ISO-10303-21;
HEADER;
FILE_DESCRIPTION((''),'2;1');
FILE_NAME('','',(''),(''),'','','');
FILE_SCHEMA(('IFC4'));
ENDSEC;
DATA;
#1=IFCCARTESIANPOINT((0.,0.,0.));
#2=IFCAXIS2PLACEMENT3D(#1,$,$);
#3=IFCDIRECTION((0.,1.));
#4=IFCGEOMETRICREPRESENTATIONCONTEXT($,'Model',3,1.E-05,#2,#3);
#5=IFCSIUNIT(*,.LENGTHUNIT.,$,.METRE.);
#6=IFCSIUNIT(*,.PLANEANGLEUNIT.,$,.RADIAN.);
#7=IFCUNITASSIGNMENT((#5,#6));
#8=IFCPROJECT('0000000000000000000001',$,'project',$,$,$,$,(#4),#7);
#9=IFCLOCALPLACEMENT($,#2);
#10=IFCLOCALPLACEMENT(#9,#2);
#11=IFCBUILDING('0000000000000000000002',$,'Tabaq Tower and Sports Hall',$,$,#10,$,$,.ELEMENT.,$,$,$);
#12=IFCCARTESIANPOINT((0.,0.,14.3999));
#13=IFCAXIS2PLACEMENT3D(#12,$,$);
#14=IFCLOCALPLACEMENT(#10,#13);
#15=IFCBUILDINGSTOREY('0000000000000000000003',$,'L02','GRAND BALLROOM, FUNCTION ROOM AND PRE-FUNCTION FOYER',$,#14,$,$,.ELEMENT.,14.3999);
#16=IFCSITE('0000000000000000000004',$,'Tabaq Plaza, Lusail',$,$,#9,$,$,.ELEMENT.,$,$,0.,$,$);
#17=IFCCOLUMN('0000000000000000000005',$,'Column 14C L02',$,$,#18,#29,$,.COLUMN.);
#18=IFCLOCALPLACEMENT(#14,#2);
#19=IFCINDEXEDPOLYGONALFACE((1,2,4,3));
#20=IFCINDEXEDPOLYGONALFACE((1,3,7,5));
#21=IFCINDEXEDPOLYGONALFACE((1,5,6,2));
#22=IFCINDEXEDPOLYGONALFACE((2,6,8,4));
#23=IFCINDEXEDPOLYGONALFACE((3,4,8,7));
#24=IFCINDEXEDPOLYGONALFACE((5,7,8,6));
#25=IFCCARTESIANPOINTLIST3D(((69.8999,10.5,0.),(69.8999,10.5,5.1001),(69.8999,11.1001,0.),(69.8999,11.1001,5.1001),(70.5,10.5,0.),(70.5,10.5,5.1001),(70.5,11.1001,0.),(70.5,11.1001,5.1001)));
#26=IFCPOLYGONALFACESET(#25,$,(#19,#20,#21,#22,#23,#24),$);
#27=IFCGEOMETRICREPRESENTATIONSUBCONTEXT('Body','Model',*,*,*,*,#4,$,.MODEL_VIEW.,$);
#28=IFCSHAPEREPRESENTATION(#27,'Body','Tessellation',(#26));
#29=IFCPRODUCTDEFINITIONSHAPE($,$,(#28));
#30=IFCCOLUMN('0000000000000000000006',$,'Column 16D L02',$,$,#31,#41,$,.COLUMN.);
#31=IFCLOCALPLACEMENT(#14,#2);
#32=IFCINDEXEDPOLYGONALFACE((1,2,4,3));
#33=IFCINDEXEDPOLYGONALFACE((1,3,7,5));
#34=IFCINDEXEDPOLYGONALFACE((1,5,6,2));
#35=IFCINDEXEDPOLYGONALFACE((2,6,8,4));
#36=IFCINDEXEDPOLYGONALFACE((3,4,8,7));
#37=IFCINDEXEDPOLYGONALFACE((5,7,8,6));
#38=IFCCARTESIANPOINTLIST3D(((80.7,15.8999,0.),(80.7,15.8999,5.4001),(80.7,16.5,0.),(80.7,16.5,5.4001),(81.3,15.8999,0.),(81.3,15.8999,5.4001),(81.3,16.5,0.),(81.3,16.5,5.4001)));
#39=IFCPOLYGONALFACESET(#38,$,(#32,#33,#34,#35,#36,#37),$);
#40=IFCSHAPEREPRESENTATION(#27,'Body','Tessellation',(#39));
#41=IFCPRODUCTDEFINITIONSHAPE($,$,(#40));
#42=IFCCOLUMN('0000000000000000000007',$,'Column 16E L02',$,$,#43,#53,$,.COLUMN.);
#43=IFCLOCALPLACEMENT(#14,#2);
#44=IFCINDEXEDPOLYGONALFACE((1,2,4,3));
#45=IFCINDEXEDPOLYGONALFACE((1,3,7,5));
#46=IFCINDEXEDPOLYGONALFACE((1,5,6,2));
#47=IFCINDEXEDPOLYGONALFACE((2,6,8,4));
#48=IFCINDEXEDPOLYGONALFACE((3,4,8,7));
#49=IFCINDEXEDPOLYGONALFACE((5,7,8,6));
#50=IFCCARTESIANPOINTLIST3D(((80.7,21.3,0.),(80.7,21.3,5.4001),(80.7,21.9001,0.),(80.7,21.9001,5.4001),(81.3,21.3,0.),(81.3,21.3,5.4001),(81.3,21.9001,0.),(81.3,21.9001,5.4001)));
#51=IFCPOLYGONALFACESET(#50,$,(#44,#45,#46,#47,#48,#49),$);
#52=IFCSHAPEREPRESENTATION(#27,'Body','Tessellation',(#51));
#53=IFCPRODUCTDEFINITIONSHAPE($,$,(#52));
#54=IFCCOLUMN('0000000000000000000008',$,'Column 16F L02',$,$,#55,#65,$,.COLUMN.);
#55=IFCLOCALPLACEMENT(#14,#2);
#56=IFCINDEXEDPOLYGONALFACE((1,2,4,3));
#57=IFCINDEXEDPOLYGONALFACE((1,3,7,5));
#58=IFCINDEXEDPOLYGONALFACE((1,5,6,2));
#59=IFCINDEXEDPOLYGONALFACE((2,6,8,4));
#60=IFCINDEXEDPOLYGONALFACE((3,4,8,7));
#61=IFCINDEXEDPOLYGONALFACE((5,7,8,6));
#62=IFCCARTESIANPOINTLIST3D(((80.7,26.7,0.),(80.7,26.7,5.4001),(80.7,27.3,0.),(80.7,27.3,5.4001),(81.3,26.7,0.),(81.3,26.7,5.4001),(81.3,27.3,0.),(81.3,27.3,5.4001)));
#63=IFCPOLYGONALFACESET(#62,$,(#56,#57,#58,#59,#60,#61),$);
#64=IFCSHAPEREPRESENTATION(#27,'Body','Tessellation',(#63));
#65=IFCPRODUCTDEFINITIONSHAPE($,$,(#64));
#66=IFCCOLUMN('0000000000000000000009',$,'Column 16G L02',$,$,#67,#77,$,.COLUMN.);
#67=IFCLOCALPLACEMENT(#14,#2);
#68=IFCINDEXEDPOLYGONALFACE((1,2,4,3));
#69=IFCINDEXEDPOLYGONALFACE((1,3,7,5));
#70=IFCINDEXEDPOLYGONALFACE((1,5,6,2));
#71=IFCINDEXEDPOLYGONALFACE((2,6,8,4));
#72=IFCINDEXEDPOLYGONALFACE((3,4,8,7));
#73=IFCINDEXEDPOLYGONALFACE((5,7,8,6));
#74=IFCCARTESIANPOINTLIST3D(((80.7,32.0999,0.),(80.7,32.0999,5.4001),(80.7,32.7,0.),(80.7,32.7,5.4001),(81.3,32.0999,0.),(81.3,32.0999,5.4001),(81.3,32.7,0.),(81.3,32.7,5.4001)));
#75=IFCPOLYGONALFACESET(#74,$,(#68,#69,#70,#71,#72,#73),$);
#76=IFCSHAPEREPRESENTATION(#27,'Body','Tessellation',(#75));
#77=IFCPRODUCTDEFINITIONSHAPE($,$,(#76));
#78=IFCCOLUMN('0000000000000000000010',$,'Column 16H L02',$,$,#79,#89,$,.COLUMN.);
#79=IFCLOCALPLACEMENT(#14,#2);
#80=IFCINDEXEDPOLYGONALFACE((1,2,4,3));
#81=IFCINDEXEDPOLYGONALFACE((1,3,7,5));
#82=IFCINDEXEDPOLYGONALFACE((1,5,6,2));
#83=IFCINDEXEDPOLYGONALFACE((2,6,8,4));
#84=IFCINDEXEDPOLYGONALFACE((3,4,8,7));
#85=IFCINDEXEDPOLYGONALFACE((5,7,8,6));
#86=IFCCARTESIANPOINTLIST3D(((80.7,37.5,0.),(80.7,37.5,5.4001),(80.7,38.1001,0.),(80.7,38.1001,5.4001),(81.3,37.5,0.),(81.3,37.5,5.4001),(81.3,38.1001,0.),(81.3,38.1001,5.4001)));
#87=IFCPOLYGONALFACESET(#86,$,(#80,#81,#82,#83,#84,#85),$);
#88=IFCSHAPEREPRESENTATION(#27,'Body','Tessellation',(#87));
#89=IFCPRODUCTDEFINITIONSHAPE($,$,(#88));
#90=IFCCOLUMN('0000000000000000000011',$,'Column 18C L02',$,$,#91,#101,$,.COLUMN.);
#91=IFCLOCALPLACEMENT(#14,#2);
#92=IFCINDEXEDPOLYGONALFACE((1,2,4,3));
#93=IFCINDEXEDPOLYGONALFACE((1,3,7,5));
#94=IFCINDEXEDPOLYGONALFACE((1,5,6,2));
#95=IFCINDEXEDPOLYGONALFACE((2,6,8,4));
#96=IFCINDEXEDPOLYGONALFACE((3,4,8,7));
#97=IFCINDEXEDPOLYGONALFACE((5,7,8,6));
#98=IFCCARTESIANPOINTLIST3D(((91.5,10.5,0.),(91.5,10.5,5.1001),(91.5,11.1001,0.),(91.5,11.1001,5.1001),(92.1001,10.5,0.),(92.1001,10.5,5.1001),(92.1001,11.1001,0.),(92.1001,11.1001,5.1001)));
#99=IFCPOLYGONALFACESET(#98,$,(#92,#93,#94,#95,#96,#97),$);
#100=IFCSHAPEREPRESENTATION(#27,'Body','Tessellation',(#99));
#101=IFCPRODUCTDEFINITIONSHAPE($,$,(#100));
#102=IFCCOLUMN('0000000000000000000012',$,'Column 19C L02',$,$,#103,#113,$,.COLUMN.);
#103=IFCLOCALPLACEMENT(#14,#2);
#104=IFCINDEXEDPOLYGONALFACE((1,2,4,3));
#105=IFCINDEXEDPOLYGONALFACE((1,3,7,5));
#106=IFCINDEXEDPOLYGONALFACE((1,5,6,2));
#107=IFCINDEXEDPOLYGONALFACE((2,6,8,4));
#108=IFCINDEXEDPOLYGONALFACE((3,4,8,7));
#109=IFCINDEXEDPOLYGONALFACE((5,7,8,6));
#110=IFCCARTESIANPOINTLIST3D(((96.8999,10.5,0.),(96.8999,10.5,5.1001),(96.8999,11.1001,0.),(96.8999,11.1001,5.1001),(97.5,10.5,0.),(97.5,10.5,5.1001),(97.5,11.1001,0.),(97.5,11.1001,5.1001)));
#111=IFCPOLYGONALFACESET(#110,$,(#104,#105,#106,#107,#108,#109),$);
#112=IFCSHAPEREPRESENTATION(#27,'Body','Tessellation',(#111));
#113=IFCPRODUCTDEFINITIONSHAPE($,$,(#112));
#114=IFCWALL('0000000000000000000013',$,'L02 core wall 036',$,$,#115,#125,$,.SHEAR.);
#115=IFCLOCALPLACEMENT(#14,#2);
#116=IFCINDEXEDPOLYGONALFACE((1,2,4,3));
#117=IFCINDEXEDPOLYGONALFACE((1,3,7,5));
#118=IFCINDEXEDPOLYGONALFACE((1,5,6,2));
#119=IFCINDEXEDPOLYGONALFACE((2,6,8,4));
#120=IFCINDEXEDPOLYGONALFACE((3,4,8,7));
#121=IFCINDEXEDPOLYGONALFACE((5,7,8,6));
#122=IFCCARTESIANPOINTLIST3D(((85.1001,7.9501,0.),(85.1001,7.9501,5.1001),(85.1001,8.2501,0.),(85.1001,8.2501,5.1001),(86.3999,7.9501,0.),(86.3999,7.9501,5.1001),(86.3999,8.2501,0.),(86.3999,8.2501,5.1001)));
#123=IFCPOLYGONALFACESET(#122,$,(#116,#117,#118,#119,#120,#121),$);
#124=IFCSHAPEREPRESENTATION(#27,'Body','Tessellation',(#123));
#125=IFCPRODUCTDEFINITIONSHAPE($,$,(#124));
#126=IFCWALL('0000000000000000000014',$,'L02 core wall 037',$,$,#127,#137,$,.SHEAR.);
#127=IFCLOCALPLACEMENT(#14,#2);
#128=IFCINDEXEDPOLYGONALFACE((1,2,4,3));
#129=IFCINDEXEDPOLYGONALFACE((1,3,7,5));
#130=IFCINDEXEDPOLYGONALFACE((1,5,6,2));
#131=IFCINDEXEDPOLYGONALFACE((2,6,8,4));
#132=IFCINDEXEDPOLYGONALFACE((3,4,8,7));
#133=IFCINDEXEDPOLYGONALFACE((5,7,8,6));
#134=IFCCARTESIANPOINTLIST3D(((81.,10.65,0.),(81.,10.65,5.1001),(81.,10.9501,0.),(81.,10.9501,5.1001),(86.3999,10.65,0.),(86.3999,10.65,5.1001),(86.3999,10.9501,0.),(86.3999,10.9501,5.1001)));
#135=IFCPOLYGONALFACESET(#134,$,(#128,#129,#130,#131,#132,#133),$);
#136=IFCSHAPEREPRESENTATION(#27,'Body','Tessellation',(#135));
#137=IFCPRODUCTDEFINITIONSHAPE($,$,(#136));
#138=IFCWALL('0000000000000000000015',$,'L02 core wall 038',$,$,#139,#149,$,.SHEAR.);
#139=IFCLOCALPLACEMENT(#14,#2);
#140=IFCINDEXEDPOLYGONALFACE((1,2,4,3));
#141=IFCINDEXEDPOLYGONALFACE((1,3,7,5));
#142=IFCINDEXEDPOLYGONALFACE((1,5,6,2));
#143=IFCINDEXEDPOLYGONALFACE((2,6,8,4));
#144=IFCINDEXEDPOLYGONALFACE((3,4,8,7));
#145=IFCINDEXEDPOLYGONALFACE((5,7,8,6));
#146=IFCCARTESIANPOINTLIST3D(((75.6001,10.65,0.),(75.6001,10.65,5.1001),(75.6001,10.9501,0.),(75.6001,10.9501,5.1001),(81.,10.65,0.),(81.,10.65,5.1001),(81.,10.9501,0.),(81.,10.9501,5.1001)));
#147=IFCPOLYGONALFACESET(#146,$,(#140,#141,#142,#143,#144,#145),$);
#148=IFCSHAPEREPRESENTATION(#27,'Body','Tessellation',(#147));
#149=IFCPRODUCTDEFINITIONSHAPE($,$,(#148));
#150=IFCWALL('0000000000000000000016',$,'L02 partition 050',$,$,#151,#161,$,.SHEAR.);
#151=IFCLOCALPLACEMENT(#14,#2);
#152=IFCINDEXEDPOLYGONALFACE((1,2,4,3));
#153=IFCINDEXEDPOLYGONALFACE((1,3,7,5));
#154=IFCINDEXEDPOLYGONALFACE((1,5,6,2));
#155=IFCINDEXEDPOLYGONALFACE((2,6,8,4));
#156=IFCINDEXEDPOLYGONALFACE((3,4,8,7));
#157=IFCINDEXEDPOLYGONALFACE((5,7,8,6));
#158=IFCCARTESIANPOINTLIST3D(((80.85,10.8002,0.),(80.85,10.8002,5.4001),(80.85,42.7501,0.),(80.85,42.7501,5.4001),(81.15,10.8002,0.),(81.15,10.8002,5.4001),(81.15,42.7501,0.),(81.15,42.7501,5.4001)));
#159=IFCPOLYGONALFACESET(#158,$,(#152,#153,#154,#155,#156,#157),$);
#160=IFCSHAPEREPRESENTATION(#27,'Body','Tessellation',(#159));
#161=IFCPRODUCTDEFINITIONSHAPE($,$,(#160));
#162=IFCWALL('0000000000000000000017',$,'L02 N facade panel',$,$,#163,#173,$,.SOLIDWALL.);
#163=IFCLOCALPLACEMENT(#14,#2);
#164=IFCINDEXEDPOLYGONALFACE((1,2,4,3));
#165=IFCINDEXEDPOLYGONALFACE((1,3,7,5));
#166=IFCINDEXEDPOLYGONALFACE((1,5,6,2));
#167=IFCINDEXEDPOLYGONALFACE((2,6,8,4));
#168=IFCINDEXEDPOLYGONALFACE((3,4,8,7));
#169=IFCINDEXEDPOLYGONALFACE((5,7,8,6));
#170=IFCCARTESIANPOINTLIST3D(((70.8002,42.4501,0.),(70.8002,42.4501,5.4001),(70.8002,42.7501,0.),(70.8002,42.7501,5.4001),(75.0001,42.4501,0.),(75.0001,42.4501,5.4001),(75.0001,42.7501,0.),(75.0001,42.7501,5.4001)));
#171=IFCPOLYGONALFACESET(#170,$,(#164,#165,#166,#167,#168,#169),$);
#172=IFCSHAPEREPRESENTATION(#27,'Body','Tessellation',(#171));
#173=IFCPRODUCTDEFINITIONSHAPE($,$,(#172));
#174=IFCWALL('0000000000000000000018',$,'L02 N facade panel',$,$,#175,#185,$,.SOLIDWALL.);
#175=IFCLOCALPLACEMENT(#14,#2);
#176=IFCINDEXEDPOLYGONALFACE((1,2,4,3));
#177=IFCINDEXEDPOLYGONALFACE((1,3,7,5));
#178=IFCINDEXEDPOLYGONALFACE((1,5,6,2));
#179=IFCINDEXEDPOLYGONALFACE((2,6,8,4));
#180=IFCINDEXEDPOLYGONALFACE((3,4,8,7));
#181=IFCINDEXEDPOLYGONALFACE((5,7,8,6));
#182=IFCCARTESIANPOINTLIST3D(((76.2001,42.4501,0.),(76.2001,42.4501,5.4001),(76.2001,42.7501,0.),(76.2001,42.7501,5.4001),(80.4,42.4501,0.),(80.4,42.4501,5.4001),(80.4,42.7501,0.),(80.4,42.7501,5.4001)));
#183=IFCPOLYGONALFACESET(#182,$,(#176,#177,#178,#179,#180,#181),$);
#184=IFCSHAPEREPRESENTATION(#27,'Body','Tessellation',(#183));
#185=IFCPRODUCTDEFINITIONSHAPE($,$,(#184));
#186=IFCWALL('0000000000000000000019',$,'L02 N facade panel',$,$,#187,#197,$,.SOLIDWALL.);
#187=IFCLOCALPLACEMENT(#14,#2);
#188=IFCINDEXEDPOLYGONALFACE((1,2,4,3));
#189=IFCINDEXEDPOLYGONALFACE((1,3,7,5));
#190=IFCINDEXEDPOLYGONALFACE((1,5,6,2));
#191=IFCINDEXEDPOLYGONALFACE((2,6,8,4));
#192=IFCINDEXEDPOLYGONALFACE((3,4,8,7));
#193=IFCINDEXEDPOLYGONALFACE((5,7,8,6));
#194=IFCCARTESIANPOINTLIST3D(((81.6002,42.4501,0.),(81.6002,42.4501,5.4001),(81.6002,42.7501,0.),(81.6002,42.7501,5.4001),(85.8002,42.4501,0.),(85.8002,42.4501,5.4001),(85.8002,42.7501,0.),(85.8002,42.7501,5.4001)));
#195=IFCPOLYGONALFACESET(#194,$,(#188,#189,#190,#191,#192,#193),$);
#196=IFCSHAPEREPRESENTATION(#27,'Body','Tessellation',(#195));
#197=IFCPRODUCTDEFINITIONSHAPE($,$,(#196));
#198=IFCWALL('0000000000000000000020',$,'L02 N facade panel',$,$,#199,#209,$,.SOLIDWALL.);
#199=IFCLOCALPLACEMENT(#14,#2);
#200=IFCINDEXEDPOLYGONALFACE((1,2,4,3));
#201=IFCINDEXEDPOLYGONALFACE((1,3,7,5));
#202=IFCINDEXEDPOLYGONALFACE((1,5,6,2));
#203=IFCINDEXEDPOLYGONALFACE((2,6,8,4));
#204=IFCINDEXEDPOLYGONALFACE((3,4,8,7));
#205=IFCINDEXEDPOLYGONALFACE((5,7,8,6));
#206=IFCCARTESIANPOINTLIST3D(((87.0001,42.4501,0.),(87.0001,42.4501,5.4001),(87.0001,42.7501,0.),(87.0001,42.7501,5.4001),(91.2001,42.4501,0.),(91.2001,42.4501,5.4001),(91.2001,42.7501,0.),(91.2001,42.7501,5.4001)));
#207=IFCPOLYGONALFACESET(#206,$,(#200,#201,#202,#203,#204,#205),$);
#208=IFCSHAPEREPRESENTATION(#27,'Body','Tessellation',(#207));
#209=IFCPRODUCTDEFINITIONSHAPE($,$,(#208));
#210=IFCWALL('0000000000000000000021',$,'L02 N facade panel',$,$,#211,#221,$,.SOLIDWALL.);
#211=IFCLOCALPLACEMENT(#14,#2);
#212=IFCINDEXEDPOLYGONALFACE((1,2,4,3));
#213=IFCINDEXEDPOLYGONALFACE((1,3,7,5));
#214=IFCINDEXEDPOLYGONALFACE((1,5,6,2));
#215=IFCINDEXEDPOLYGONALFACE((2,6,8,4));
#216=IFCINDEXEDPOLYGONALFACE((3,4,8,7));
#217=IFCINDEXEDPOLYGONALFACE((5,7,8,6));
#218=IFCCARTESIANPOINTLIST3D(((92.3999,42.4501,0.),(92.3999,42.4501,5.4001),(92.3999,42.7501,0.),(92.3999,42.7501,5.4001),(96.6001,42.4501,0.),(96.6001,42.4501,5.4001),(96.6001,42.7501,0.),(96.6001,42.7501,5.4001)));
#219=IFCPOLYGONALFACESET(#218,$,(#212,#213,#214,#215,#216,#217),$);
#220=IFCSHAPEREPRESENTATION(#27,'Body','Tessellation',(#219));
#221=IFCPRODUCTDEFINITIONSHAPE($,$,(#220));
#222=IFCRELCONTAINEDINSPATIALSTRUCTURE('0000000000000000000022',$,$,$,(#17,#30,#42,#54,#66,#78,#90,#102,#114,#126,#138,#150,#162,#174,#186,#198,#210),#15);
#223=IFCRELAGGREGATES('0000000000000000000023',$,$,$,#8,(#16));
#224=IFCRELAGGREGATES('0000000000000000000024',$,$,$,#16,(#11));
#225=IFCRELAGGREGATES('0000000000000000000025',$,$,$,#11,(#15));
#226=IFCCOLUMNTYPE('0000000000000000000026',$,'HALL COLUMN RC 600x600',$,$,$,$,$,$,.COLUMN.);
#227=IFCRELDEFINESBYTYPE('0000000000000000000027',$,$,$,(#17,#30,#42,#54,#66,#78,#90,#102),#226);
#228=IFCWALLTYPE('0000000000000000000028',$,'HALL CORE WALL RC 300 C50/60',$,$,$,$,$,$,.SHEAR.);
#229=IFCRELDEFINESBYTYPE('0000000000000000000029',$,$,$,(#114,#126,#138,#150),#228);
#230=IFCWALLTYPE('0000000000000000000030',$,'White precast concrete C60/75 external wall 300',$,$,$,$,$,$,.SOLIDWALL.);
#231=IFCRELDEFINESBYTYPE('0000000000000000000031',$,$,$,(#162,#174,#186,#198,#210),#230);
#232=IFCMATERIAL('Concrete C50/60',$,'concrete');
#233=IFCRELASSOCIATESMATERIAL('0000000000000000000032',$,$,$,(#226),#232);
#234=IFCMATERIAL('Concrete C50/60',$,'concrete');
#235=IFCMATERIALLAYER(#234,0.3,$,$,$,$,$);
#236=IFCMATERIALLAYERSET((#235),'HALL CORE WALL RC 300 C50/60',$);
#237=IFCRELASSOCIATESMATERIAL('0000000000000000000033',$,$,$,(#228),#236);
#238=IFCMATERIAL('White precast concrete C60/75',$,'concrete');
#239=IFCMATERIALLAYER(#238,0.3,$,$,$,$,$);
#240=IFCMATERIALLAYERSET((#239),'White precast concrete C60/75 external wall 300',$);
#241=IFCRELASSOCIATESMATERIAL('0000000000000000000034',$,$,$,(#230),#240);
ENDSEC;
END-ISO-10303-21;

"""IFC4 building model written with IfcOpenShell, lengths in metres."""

from ifc_helpers import new_model, si_unit, direction, frame, frame_2d, origin, origin_2d, place, context, subcontext, project, spatial, rectangle, extrude, material, layer, layer_set, material_profile, profile_set, type_object, element, save


model = new_model("IFC4")

# Units and contexts
model_context = context("Model", 3, precision=1e-05, world=origin(), true_north=direction((0.0, 1.0)))
body_context = subcontext(model_context, "Body", "Model", "MODEL_VIEW")
ifc_project = project(units=[si_unit("LENGTHUNIT", "METRE"), si_unit("PLANEANGLEUNIT", "RADIAN")], contexts=[model_context])

# Site, building, storey
site_placement = place(None, origin())
site = spatial("IfcSite", under=ifc_project, at=site_placement, Name="Tabaq Plaza, Lusail", CompositionType="ELEMENT", RefElevation=0.0)
building_placement = place(site_placement, origin())
building = spatial("IfcBuilding", under=site, at=building_placement, Name="Tabaq Tower and Sports Hall", CompositionType="ELEMENT")
storey_placement = place(building_placement, frame((0.0, 0.0, 14.3999)))
storey = spatial("IfcBuildingStorey", under=building, at=storey_placement, Name="L02", Description="GRAND BALLROOM, FUNCTION ROOM AND PRE-FUNCTION FOYER", CompositionType="ELEMENT", Elevation=14.3999)

# Columns
ifc_material_1 = material(Name="Concrete C50/60", Category="concrete")
ifc_material_profile = material_profile(ifc_material_1, rectangle(XDim=0.6001, YDim=0.6001, at=origin_2d()), Name="RC 600x600")
ifc_profile_set = profile_set([ifc_material_profile], Name="Concrete C50/60")
column_type = type_object("IfcColumnType", Name="HALL COLUMN RC 600x600", PredefinedType="COLUMN", material=ifc_profile_set)
column_placement = place(storey_placement, frame((70.2, 10.8, 0.0), z_axis=(0.0, 0.0, 1.0), x_axis=(1.0, 0.0, 0.0)))
element("IfcColumn", 1, at=column_placement, inside=storey, type_object=column_type, Name="Column 14C L02", PredefinedType="COLUMN", context=body_context, shape_type="SweptSolid", body=[
    extrude(rectangle(XDim=0.6001, YDim=0.6001, at=origin_2d()), origin(), (0.0, 0.0, 1.0), 5.1001),
])
for number, where, z_axis, x_axis, name in (
    (2, (81.0, 16.2, 0.0), (0.0, 0.0, 1.0), (1.0, 0.0, 0.0), "Column 16D L02"),
    (3, (81.0, 21.6001, 0.0), (0.0, 0.0, 1.0), (1.0, 0.0, 0.0), "Column 16E L02"),
    (4, (81.0, 27.0, 0.0), (0.0, 0.0, 1.0), (1.0, 0.0, 0.0), "Column 16F L02"),
    (5, (81.0, 32.3999, 0.0), (0.0, 0.0, 1.0), (1.0, 0.0, 0.0), "Column 16G L02"),
    (6, (81.0, 37.8, 0.0), (0.0, 0.0, 1.0), (1.0, 0.0, 0.0), "Column 16H L02"),
):
    element("IfcColumn", number, at=place(storey_placement, frame(where, z_axis=z_axis, x_axis=x_axis)), inside=storey, type_object=column_type, Name=name, PredefinedType="COLUMN", context=body_context, shape_type="SweptSolid", body=[
        extrude(rectangle(XDim=0.6001, YDim=0.6001, at=origin_2d()), origin(), (0.0, 0.0, 1.0), 5.4001),
    ])
for number, where, z_axis, x_axis, name in (
    (7, (91.8, 10.8, 0.0), (0.0, 0.0, 1.0), (1.0, 0.0, 0.0), "Column 18C L02"),
    (8, (97.2, 10.8, 0.0), (0.0, 0.0, 1.0), (1.0, 0.0, 0.0), "Column 19C L02"),
):
    element("IfcColumn", number, at=place(storey_placement, frame(where, z_axis=z_axis, x_axis=x_axis)), inside=storey, type_object=column_type, Name=name, PredefinedType="COLUMN", context=body_context, shape_type="SweptSolid", body=[
        extrude(rectangle(XDim=0.6001, YDim=0.6001, at=origin_2d()), origin(), (0.0, 0.0, 1.0), 5.1001),
    ])

# Shared definitions
ifc_material_2 = material(Name="Concrete C50/60", Category="concrete")
ifc_layer_1 = layer(ifc_material_2, 0.3)
ifc_layer_set_1 = layer_set([ifc_layer_1], Name="HALL CORE WALL RC 300 C50/60")
wall_type_1 = type_object("IfcWallType", Name="HALL CORE WALL RC 300 C50/60", PredefinedType="SHEAR", material=ifc_layer_set_1)

# Walls
wall_1_placement = place(storey_placement, frame((85.1001, 8.1001, 0.0), z_axis=(0.0, 0.0, 1.0), x_axis=(1.0, 0.0, 0.0)))
element("IfcWall", 9, at=wall_1_placement, inside=storey, type_object=wall_type_1, Name="L02 core wall 036", PredefinedType="SHEAR", context=body_context, shape_type="SweptSolid", body=[
    extrude(rectangle(XDim=1.2998, YDim=0.3, at=frame_2d((0.6499, 0.0))), origin(), (0.0, 0.0, 1.0), 5.1001),
])
for number, where, z_axis, x_axis, name in (
    (10, (81.0, 10.8, 0.0), (0.0, 0.0, 1.0), (1.0, 0.0, 0.0), "L02 core wall 037"),
    (11, (75.6001, 10.8, 0.0), (0.0, 0.0, 1.0), (1.0, 0.0, 0.0), "L02 core wall 038"),
):
    element("IfcWall", number, at=place(storey_placement, frame(where, z_axis=z_axis, x_axis=x_axis)), inside=storey, type_object=wall_type_1, Name=name, PredefinedType="SHEAR", context=body_context, shape_type="SweptSolid", body=[
        extrude(rectangle(XDim=5.3999, YDim=0.3, at=frame_2d((2.7, 0.0))), origin(), (0.0, 0.0, 1.0), 5.1001),
    ])
wall_2_placement = place(storey_placement, frame((81.0, 10.8, 0.0), z_axis=(0.0, 0.0, 1.0), x_axis=(0.0, 1.0, 0.0)))
element("IfcWall", 12, at=wall_2_placement, inside=storey, type_object=wall_type_1, Name="L02 partition 050", PredefinedType="SHEAR", context=body_context, shape_type="SweptSolid", body=[
    extrude(rectangle(XDim=31.95, YDim=0.3, at=frame_2d((15.9751, 0.0))), origin(), (0.0, 0.0, 1.0), 5.4001),
])
ifc_material_3 = material(Name="White precast concrete C60/75", Category="concrete")
ifc_layer_2 = layer(ifc_material_3, 0.3)
ifc_layer_set_2 = layer_set([ifc_layer_2], Name="White precast concrete C60/75 external wall 300")
wall_type_2 = type_object("IfcWallType", Name="White precast concrete C60/75 external wall 300", PredefinedType="SOLIDWALL", material=ifc_layer_set_2)
for number, where, z_axis, x_axis, name in (
    (13, (70.8, 42.6001, 0.0), (0.0, 0.0, 1.0), (1.0, 0.0, 0.0), "L02 N facade panel"),
    (14, (76.2, 42.6001, 0.0), (0.0, 0.0, 1.0), (1.0, 0.0, 0.0), "L02 N facade panel"),
    (15, (81.6001, 42.6001, 0.0), (0.0, 0.0, 1.0), (1.0, 0.0, 0.0), "L02 N facade panel"),
    (16, (87.0, 42.6001, 0.0), (0.0, 0.0, 1.0), (1.0, 0.0, 0.0), "L02 N facade panel"),
):
    element("IfcWall", number, at=place(storey_placement, frame(where, z_axis=z_axis, x_axis=x_axis)), inside=storey, type_object=wall_type_2, Name=name, PredefinedType="SOLIDWALL", context=body_context, shape_type="SweptSolid", body=[
        extrude(rectangle(XDim=4.2, YDim=0.3, at=frame_2d((2.1001, 0.0))), origin(), (0.0, 0.0, 1.0), 5.4001),
    ])
wall_3_placement = place(storey_placement, frame((92.3999, 42.6001, 0.0), z_axis=(0.0, 0.0, 1.0), x_axis=(1.0, 0.0, 0.0)))
element("IfcWall", 17, at=wall_3_placement, inside=storey, type_object=wall_type_2, Name="L02 N facade panel", PredefinedType="SOLIDWALL", context=body_context, shape_type="SweptSolid", body=[
    extrude(rectangle(XDim=4.2002, YDim=0.3, at=frame_2d((2.1001, 0.0))), origin(), (0.0, 0.0, 1.0), 5.4001),
])

save(model, "model.ifc")
